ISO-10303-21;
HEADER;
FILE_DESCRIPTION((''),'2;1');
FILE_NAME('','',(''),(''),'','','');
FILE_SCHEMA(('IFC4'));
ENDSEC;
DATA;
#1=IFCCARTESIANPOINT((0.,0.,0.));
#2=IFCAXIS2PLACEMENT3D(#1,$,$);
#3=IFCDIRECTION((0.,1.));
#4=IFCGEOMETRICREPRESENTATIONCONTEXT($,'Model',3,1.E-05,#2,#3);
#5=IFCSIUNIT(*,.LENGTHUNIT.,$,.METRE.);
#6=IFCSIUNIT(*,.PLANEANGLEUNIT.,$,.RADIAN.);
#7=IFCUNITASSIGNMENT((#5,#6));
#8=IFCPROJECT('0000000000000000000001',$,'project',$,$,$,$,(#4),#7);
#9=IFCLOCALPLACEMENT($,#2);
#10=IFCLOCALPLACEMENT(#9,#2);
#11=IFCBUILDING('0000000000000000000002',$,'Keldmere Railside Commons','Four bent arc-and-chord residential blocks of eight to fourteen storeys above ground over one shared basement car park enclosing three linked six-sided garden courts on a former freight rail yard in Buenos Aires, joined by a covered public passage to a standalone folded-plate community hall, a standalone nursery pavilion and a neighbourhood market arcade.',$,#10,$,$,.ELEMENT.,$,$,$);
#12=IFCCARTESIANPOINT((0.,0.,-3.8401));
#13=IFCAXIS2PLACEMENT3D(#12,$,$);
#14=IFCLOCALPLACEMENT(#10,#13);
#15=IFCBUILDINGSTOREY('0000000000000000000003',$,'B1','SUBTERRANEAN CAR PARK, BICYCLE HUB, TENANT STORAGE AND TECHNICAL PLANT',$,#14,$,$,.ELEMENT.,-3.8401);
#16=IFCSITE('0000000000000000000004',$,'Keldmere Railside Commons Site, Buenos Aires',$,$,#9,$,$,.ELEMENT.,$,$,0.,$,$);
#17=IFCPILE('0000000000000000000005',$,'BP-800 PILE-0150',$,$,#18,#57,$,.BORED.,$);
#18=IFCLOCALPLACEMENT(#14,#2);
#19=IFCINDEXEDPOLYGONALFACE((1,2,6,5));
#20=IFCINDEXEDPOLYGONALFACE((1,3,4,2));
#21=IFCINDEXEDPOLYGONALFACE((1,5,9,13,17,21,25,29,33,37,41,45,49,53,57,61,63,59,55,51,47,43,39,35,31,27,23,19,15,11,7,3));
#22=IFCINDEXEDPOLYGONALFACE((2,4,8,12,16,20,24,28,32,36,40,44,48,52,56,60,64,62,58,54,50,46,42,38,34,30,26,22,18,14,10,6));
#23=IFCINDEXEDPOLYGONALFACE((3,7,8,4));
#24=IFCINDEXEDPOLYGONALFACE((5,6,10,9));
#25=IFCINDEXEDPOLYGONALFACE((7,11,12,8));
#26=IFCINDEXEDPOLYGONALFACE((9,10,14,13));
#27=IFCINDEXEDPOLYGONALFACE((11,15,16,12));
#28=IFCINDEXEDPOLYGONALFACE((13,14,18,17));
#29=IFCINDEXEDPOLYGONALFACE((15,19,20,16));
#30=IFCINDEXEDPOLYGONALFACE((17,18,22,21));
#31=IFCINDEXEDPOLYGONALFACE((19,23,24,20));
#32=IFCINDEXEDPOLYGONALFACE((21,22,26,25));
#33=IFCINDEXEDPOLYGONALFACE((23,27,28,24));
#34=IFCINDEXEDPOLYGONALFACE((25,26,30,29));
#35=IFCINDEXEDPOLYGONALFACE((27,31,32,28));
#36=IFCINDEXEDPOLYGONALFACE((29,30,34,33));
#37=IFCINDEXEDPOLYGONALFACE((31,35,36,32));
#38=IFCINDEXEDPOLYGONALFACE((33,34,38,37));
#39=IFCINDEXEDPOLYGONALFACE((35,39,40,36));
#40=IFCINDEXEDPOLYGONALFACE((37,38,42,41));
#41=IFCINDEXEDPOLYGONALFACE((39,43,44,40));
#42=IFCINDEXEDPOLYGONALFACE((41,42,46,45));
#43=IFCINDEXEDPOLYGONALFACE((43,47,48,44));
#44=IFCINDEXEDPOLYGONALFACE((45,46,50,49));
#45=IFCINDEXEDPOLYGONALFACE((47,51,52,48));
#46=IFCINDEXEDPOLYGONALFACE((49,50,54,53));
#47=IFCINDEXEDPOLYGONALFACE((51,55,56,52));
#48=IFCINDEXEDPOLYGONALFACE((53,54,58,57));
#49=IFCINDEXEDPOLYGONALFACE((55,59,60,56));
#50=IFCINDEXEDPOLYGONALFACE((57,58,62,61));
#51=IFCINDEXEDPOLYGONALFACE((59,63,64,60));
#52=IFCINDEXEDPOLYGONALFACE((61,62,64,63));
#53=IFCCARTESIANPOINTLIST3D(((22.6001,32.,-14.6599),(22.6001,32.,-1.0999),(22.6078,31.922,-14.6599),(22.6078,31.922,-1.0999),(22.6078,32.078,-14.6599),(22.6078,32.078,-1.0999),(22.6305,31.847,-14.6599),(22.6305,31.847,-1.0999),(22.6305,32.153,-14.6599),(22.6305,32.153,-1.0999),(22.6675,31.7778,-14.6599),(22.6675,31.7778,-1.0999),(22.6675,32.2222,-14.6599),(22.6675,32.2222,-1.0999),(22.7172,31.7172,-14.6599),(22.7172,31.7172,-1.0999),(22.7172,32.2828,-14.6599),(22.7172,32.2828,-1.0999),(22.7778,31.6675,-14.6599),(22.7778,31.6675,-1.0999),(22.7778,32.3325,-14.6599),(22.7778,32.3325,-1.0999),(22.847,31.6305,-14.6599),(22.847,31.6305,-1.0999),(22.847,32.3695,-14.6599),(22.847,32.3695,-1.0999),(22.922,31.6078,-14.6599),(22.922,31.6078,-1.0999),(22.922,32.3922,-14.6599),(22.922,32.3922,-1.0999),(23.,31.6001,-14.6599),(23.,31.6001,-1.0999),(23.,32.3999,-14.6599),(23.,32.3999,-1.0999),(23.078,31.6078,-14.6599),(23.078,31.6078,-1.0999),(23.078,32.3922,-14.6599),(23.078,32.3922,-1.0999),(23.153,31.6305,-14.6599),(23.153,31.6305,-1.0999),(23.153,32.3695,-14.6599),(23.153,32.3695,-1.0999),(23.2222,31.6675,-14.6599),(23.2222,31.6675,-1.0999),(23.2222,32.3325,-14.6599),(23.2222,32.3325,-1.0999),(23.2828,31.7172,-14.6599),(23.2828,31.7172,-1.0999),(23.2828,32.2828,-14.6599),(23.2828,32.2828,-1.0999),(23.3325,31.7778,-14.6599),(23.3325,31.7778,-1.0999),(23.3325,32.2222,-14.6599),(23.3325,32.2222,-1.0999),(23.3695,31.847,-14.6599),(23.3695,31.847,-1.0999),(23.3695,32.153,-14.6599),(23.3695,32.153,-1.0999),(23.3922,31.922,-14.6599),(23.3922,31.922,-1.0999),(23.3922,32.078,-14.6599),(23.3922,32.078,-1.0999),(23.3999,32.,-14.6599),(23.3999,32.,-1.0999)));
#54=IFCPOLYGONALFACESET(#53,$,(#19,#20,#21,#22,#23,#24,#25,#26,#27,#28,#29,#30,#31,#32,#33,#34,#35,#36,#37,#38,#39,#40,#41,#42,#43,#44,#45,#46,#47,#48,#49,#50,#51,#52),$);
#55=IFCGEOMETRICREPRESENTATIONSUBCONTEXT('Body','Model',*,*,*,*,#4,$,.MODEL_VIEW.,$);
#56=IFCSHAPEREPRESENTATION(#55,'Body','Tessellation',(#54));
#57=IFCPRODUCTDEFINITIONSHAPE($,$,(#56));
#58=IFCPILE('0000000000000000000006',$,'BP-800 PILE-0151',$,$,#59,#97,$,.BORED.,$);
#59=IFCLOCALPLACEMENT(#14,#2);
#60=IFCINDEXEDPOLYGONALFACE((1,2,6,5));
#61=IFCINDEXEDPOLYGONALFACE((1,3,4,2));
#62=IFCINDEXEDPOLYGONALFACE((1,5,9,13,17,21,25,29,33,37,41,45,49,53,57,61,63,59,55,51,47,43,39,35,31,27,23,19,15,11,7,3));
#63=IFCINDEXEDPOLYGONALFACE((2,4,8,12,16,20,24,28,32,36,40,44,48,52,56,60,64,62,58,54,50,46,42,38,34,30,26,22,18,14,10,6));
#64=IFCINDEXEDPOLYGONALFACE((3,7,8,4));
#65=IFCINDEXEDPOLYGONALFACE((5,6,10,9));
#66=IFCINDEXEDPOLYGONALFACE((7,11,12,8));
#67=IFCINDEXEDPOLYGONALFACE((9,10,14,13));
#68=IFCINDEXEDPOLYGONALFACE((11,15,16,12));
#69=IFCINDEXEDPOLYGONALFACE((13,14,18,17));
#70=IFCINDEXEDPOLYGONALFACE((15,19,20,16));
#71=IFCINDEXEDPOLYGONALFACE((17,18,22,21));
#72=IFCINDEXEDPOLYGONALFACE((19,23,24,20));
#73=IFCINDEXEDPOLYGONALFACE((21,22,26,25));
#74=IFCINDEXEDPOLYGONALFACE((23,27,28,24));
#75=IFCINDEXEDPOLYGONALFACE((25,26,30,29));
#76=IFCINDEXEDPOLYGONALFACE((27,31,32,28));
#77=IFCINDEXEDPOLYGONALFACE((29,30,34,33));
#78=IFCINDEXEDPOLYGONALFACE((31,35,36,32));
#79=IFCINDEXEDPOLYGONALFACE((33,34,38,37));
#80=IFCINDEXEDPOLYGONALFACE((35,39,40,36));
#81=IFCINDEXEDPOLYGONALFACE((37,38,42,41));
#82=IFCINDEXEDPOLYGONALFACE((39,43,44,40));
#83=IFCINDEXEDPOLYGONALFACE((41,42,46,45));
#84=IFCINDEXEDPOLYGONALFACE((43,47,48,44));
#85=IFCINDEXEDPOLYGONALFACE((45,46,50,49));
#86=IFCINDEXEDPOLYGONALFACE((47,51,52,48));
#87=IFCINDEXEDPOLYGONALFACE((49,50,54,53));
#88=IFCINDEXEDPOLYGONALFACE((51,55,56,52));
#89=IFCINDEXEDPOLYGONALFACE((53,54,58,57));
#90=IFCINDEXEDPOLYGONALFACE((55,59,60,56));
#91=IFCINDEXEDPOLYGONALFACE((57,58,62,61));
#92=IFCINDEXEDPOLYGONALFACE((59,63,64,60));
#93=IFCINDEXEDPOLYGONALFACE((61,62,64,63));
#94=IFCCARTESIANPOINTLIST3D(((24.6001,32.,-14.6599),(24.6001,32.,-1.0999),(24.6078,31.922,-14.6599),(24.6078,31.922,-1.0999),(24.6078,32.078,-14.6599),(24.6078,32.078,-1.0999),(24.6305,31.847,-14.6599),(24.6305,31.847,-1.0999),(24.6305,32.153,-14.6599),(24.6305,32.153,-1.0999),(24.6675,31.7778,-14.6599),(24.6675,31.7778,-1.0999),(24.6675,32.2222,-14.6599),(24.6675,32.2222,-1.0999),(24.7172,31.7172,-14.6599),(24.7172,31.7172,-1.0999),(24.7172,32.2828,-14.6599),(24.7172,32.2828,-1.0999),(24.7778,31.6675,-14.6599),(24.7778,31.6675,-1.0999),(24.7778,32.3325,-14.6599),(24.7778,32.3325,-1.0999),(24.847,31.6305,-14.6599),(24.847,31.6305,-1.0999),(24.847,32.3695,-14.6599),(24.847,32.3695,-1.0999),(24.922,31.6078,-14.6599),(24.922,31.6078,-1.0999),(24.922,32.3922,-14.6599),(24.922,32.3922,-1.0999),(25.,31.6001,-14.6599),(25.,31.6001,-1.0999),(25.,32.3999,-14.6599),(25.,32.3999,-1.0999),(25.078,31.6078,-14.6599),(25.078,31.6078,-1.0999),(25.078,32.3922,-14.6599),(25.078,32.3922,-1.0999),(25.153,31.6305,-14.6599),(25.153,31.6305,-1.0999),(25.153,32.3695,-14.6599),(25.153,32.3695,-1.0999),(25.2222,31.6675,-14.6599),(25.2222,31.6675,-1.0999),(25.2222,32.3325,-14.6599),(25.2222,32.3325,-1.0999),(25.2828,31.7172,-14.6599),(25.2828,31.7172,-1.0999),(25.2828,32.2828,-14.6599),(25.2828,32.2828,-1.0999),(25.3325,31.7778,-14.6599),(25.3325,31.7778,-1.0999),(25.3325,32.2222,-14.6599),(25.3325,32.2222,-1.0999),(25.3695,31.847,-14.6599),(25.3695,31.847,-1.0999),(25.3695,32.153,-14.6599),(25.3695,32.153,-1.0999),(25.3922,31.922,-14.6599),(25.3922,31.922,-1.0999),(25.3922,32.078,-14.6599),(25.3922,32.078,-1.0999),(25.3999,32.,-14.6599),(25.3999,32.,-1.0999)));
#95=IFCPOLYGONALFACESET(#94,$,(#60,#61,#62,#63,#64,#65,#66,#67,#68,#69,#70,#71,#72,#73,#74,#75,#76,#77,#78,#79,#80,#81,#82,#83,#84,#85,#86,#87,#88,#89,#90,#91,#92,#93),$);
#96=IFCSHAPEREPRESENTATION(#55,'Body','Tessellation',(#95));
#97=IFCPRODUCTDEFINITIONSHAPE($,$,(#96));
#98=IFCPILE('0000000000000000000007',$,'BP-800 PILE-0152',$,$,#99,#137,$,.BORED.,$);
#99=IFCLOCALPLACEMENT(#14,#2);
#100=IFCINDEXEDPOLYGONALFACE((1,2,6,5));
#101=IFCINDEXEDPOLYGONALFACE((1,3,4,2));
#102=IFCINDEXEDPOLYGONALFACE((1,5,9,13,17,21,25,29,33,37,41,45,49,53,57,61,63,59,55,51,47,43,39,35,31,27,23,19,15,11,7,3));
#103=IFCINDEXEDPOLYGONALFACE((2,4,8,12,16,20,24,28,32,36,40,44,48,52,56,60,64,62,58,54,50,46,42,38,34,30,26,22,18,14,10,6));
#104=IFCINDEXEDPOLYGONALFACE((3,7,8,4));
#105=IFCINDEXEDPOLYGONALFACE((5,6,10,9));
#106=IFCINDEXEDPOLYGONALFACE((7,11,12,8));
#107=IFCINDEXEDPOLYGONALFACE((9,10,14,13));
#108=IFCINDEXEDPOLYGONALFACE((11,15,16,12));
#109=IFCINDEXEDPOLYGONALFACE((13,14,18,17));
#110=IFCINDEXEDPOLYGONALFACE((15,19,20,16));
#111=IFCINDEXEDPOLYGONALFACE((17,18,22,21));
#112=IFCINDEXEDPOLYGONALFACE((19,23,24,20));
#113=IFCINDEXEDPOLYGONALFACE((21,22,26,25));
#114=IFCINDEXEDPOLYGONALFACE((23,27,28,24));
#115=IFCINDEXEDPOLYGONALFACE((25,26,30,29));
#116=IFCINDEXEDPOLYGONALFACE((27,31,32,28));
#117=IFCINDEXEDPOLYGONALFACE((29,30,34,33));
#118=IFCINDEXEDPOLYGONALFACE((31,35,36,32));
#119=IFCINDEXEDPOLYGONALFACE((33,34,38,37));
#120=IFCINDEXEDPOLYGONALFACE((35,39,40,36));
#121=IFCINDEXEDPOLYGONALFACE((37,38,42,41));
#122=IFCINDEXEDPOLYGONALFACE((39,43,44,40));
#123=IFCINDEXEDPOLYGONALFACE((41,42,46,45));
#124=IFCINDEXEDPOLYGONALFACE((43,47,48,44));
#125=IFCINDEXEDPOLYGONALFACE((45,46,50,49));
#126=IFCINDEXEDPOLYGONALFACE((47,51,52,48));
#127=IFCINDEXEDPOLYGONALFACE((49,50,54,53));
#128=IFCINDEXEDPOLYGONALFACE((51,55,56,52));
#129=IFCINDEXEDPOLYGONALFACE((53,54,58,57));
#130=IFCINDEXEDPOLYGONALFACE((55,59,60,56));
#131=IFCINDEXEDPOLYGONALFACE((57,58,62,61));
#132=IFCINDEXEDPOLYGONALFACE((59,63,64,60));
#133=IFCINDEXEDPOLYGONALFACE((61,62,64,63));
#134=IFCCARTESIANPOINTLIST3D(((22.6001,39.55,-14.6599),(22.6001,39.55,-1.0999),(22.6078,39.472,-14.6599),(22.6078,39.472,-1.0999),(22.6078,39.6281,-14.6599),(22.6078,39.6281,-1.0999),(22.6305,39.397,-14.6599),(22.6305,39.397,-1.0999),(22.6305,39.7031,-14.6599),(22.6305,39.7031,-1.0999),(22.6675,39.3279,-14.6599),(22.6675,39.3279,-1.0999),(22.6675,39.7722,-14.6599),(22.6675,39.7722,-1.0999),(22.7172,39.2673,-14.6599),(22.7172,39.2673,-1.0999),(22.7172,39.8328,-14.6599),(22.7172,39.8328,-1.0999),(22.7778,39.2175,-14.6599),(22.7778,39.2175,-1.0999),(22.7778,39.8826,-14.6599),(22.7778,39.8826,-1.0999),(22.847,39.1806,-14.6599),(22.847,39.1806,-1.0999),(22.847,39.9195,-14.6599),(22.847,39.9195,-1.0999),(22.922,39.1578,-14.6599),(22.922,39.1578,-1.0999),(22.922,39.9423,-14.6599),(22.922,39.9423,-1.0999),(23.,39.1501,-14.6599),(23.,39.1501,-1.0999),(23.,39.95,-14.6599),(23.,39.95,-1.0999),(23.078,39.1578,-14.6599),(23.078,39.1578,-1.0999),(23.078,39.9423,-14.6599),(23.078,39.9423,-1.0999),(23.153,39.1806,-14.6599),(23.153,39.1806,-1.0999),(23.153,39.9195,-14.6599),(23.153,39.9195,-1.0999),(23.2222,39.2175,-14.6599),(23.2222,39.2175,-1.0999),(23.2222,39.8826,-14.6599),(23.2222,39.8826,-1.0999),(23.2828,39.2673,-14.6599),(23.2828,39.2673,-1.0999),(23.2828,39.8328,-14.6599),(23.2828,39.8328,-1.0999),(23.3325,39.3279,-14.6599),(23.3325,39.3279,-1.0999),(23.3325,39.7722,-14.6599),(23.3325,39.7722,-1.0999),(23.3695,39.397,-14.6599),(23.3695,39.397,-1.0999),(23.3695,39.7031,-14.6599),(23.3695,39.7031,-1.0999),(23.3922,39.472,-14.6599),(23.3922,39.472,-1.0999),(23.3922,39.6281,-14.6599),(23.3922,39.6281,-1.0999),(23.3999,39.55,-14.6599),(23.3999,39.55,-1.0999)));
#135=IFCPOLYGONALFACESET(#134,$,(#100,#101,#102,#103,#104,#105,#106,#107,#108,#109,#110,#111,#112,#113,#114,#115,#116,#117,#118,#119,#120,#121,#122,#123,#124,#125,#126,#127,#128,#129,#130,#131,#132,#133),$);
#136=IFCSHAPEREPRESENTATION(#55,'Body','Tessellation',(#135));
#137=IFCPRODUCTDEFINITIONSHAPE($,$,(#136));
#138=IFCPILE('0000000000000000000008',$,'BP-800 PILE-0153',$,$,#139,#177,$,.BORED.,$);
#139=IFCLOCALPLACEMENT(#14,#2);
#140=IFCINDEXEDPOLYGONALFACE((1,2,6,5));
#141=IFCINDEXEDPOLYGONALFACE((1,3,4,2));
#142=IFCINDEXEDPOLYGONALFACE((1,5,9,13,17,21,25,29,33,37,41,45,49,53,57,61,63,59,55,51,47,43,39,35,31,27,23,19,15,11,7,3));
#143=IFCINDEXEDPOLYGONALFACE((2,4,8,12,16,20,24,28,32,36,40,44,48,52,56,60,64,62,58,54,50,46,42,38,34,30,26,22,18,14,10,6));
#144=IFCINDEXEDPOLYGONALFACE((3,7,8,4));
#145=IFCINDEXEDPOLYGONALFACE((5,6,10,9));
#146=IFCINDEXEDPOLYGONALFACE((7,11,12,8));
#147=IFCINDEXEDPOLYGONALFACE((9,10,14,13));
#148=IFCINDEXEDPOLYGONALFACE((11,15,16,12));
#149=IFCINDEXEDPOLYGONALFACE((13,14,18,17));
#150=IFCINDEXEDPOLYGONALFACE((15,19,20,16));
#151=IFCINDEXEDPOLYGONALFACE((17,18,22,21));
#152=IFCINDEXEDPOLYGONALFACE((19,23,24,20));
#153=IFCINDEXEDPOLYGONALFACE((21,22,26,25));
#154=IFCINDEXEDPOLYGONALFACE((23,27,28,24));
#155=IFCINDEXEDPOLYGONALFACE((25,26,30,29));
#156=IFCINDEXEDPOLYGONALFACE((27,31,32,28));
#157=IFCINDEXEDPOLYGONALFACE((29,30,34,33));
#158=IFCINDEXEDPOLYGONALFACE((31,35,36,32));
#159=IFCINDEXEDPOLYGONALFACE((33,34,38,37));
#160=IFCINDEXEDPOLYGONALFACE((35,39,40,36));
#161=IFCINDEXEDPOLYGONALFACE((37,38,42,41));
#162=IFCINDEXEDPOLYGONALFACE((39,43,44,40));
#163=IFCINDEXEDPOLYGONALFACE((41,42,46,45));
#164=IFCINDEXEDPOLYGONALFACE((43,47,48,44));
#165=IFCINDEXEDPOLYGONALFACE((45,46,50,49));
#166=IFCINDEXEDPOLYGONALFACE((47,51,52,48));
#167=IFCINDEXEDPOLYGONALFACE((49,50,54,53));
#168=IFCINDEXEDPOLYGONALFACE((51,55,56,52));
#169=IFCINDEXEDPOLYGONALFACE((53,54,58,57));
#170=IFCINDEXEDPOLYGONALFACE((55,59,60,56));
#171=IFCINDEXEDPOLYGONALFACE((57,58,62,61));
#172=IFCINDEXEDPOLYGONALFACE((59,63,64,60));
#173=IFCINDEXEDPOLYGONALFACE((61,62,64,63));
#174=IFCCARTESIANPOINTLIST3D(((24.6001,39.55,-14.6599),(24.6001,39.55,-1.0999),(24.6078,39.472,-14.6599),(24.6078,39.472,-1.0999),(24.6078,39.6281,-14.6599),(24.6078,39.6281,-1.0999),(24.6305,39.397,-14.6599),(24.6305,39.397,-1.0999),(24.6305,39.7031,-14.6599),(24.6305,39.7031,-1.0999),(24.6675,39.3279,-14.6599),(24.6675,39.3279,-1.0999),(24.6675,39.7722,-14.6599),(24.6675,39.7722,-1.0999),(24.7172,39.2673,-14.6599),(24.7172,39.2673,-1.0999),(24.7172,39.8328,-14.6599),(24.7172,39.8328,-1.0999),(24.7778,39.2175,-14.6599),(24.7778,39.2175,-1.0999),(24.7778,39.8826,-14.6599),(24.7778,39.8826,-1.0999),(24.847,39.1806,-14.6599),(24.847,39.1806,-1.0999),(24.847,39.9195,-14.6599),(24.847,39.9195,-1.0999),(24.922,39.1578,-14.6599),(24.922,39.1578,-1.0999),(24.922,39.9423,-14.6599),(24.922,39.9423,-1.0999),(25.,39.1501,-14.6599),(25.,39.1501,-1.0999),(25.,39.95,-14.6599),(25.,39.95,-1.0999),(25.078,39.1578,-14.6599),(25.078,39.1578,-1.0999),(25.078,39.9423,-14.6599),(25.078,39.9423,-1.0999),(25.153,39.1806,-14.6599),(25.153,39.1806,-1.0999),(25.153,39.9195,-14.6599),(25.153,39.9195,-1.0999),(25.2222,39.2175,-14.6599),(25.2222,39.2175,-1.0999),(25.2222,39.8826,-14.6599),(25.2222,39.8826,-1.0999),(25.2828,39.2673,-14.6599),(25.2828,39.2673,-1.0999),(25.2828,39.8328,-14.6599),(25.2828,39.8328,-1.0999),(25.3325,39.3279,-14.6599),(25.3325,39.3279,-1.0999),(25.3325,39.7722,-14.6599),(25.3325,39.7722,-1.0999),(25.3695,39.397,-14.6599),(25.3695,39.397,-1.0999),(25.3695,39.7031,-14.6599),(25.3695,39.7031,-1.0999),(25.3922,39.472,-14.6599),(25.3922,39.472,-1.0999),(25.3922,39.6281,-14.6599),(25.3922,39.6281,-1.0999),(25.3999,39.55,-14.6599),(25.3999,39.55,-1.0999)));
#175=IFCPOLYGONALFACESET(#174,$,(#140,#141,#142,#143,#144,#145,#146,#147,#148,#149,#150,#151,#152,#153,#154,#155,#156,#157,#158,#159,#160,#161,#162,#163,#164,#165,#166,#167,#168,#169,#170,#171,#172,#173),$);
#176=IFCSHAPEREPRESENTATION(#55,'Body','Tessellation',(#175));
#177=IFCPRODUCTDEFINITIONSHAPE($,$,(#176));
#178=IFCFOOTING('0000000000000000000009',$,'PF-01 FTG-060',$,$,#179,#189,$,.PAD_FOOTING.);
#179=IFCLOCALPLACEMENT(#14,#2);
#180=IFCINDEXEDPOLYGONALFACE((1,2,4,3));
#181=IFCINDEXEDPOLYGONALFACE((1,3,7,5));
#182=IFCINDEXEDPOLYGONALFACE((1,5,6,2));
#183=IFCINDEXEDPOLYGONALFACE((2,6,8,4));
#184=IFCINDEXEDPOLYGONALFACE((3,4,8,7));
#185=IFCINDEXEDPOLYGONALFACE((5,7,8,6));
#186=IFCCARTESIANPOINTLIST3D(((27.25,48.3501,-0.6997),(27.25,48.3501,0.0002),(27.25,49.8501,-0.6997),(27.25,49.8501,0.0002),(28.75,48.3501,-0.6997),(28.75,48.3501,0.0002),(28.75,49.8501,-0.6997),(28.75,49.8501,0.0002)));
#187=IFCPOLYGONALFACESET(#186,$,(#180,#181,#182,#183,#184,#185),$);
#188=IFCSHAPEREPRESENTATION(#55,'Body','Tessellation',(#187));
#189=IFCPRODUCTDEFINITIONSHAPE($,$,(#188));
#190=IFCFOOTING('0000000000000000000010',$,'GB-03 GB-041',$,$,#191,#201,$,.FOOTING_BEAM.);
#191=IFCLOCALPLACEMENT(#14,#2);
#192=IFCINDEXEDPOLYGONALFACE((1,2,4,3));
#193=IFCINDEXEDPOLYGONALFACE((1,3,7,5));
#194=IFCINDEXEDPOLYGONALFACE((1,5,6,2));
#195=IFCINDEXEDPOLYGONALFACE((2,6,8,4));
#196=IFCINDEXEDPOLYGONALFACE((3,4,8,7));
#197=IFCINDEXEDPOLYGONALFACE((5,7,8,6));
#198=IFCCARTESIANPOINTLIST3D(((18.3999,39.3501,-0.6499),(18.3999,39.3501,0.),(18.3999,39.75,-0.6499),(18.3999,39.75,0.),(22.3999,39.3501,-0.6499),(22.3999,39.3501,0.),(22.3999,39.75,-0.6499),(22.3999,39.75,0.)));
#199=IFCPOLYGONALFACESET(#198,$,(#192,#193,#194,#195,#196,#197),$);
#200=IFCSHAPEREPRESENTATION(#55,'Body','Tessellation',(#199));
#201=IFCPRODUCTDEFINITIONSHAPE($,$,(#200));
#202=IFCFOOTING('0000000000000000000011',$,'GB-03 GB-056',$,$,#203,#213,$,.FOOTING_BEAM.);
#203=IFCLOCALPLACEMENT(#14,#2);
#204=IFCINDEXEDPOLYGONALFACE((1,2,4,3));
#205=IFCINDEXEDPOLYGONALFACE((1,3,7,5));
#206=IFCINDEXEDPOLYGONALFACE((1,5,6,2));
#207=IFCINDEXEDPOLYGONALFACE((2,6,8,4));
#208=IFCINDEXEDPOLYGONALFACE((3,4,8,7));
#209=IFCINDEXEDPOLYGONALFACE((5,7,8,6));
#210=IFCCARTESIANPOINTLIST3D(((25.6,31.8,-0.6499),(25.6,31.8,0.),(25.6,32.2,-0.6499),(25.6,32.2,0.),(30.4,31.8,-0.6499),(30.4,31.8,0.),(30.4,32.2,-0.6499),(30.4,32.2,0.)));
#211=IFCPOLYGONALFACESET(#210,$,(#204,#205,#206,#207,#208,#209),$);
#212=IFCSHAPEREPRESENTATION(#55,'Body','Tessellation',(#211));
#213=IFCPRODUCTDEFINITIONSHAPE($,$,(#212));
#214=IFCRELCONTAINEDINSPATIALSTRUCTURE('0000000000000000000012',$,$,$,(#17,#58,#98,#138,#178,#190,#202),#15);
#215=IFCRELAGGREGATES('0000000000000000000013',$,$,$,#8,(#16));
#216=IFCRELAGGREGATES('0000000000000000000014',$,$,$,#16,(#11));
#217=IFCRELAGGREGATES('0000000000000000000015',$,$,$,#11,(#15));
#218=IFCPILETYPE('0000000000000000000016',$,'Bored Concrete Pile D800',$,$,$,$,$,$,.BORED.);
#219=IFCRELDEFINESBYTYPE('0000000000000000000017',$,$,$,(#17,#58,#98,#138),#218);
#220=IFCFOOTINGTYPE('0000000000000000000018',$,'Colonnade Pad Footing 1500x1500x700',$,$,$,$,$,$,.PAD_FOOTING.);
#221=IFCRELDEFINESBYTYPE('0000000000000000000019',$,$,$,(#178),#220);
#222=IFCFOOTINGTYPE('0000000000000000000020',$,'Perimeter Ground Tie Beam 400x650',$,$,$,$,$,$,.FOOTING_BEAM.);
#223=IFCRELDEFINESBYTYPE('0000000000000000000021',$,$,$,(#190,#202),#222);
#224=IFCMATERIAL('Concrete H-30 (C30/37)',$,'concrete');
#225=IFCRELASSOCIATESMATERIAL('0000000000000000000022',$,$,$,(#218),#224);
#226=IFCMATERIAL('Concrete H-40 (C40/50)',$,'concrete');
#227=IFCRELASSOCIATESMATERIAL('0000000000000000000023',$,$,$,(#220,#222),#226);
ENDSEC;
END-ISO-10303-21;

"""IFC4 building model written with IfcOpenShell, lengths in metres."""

from ifc_helpers import new_model, si_unit, direction, frame, origin, origin_2d, place, context, subcontext, project, spatial, rectangle, circle, extrude, material, material_profile, profile_set, type_object, element, save


model = new_model("IFC4")

# Units and contexts
model_context = context("Model", 3, precision=1e-05, world=origin(), true_north=direction((0.0, 1.0)))
body_context = subcontext(model_context, "Body", "Model", "MODEL_VIEW")
ifc_project = project(units=[si_unit("LENGTHUNIT", "METRE"), si_unit("PLANEANGLEUNIT", "RADIAN")], contexts=[model_context])

# Site, building, storey
site_placement = place(None, origin())
site = spatial("IfcSite", under=ifc_project, at=site_placement, Name="Keldmere Railside Commons Site, Buenos Aires", CompositionType="ELEMENT", RefElevation=0.0)
building_placement = place(site_placement, origin())
building = spatial("IfcBuilding", under=site, at=building_placement, Name="Keldmere Railside Commons", Description="Four bent arc-and-chord residential blocks of eight to fourteen storeys above ground over one shared basement car park enclosing three linked six-sided garden courts on a former freight rail yard in Buenos Aires, joined by a covered public passage to a standalone folded-plate community hall, a standalone nursery pavilion and a neighbourhood market arcade.", CompositionType="ELEMENT")
storey_placement = place(building_placement, frame((0.0, 0.0, -3.8401)))
storey = spatial("IfcBuildingStorey", under=building, at=storey_placement, Name="B1", Description="SUBTERRANEAN CAR PARK, BICYCLE HUB, TENANT STORAGE AND TECHNICAL PLANT", CompositionType="ELEMENT", Elevation=-3.8401)

# Piles
ifc_material_1 = material(Name="Concrete H-30 (C30/37)", Category="concrete")
ifc_material_profile_1 = material_profile(ifc_material_1, circle(Radius=0.3999, at=origin_2d()), Name="PILE-D800")
ifc_profile_set_1 = profile_set([ifc_material_profile_1], Name="Concrete H-30 (C30/37)")
pile_type = type_object("IfcPileType", Name="Bored Concrete Pile D800", PredefinedType="BORED", material=ifc_profile_set_1)
for number, where, z_axis, x_axis, name in (
    (1, (23.0, 32.0, -1.0999), (0.0, 0.0, -1.0), (1.0, 0.0, 0.0), "BP-800 PILE-0150"),
    (2, (25.0, 32.0, -1.0999), (0.0, 0.0, -1.0), (1.0, 0.0, 0.0), "BP-800 PILE-0151"),
    (3, (23.0, 39.55, -1.0999), (0.0, 0.0, -1.0), (1.0, 0.0, 0.0), "BP-800 PILE-0152"),
    (4, (25.0, 39.55, -1.0999), (0.0, 0.0, -1.0), (1.0, 0.0, 0.0), "BP-800 PILE-0153"),
):
    element("IfcPile", number, at=place(storey_placement, frame(where, z_axis=z_axis, x_axis=x_axis)), inside=storey, type_object=pile_type, Name=name, PredefinedType="BORED", context=body_context, shape_type="SweptSolid", body=[
        extrude(circle(Radius=0.3999, at=origin_2d()), origin(), (0.0, 0.0, 1.0), 13.5601),
    ])

# Footings
ifc_material_2 = material(Name="Concrete H-40 (C40/50)", Category="concrete")
footing_type_1 = type_object("IfcFootingType", Name="Colonnade Pad Footing 1500x1500x700", PredefinedType="PAD_FOOTING", material=ifc_material_2)
footing_1_placement = place(storey_placement, frame((28.0, 49.1001, -0.6997), z_axis=(0.0, 0.0, 1.0), x_axis=(1.0, 0.0, 0.0)))
element("IfcFooting", 5, at=footing_1_placement, inside=storey, type_object=footing_type_1, Name="PF-01 FTG-060", PredefinedType="PAD_FOOTING", context=body_context, shape_type="SweptSolid", body=[
    extrude(rectangle(XDim=1.5, YDim=1.5, at=origin_2d()), origin(), (0.0, 0.0, 1.0), 0.7),
])
footing_type_2 = type_object("IfcFootingType", Name="Perimeter Ground Tie Beam 400x650", PredefinedType="FOOTING_BEAM", material=ifc_material_2)
footing_2_placement = place(storey_placement, frame((20.3999, 39.55, -0.6499), z_axis=(0.0, 0.0, 1.0), x_axis=(1.0, 0.0, 0.0)))
element("IfcFooting", 6, at=footing_2_placement, inside=storey, type_object=footing_type_2, Name="GB-03 GB-041", PredefinedType="FOOTING_BEAM", context=body_context, shape_type="SweptSolid", body=[
    extrude(rectangle(XDim=4.0, YDim=0.3999, at=origin_2d()), origin(), (0.0, 0.0, 1.0), 0.6499),
])
footing_3_placement = place(storey_placement, frame((28.0, 32.0, -0.6499), z_axis=(0.0, 0.0, 1.0), x_axis=(1.0, 0.0, 0.0)))
element("IfcFooting", 7, at=footing_3_placement, inside=storey, type_object=footing_type_2, Name="GB-03 GB-056", PredefinedType="FOOTING_BEAM", context=body_context, shape_type="SweptSolid", body=[
    extrude(rectangle(XDim=4.8, YDim=0.3999, at=origin_2d()), origin(), (0.0, 0.0, 1.0), 0.6499),
])

save(model, "model.ifc")
